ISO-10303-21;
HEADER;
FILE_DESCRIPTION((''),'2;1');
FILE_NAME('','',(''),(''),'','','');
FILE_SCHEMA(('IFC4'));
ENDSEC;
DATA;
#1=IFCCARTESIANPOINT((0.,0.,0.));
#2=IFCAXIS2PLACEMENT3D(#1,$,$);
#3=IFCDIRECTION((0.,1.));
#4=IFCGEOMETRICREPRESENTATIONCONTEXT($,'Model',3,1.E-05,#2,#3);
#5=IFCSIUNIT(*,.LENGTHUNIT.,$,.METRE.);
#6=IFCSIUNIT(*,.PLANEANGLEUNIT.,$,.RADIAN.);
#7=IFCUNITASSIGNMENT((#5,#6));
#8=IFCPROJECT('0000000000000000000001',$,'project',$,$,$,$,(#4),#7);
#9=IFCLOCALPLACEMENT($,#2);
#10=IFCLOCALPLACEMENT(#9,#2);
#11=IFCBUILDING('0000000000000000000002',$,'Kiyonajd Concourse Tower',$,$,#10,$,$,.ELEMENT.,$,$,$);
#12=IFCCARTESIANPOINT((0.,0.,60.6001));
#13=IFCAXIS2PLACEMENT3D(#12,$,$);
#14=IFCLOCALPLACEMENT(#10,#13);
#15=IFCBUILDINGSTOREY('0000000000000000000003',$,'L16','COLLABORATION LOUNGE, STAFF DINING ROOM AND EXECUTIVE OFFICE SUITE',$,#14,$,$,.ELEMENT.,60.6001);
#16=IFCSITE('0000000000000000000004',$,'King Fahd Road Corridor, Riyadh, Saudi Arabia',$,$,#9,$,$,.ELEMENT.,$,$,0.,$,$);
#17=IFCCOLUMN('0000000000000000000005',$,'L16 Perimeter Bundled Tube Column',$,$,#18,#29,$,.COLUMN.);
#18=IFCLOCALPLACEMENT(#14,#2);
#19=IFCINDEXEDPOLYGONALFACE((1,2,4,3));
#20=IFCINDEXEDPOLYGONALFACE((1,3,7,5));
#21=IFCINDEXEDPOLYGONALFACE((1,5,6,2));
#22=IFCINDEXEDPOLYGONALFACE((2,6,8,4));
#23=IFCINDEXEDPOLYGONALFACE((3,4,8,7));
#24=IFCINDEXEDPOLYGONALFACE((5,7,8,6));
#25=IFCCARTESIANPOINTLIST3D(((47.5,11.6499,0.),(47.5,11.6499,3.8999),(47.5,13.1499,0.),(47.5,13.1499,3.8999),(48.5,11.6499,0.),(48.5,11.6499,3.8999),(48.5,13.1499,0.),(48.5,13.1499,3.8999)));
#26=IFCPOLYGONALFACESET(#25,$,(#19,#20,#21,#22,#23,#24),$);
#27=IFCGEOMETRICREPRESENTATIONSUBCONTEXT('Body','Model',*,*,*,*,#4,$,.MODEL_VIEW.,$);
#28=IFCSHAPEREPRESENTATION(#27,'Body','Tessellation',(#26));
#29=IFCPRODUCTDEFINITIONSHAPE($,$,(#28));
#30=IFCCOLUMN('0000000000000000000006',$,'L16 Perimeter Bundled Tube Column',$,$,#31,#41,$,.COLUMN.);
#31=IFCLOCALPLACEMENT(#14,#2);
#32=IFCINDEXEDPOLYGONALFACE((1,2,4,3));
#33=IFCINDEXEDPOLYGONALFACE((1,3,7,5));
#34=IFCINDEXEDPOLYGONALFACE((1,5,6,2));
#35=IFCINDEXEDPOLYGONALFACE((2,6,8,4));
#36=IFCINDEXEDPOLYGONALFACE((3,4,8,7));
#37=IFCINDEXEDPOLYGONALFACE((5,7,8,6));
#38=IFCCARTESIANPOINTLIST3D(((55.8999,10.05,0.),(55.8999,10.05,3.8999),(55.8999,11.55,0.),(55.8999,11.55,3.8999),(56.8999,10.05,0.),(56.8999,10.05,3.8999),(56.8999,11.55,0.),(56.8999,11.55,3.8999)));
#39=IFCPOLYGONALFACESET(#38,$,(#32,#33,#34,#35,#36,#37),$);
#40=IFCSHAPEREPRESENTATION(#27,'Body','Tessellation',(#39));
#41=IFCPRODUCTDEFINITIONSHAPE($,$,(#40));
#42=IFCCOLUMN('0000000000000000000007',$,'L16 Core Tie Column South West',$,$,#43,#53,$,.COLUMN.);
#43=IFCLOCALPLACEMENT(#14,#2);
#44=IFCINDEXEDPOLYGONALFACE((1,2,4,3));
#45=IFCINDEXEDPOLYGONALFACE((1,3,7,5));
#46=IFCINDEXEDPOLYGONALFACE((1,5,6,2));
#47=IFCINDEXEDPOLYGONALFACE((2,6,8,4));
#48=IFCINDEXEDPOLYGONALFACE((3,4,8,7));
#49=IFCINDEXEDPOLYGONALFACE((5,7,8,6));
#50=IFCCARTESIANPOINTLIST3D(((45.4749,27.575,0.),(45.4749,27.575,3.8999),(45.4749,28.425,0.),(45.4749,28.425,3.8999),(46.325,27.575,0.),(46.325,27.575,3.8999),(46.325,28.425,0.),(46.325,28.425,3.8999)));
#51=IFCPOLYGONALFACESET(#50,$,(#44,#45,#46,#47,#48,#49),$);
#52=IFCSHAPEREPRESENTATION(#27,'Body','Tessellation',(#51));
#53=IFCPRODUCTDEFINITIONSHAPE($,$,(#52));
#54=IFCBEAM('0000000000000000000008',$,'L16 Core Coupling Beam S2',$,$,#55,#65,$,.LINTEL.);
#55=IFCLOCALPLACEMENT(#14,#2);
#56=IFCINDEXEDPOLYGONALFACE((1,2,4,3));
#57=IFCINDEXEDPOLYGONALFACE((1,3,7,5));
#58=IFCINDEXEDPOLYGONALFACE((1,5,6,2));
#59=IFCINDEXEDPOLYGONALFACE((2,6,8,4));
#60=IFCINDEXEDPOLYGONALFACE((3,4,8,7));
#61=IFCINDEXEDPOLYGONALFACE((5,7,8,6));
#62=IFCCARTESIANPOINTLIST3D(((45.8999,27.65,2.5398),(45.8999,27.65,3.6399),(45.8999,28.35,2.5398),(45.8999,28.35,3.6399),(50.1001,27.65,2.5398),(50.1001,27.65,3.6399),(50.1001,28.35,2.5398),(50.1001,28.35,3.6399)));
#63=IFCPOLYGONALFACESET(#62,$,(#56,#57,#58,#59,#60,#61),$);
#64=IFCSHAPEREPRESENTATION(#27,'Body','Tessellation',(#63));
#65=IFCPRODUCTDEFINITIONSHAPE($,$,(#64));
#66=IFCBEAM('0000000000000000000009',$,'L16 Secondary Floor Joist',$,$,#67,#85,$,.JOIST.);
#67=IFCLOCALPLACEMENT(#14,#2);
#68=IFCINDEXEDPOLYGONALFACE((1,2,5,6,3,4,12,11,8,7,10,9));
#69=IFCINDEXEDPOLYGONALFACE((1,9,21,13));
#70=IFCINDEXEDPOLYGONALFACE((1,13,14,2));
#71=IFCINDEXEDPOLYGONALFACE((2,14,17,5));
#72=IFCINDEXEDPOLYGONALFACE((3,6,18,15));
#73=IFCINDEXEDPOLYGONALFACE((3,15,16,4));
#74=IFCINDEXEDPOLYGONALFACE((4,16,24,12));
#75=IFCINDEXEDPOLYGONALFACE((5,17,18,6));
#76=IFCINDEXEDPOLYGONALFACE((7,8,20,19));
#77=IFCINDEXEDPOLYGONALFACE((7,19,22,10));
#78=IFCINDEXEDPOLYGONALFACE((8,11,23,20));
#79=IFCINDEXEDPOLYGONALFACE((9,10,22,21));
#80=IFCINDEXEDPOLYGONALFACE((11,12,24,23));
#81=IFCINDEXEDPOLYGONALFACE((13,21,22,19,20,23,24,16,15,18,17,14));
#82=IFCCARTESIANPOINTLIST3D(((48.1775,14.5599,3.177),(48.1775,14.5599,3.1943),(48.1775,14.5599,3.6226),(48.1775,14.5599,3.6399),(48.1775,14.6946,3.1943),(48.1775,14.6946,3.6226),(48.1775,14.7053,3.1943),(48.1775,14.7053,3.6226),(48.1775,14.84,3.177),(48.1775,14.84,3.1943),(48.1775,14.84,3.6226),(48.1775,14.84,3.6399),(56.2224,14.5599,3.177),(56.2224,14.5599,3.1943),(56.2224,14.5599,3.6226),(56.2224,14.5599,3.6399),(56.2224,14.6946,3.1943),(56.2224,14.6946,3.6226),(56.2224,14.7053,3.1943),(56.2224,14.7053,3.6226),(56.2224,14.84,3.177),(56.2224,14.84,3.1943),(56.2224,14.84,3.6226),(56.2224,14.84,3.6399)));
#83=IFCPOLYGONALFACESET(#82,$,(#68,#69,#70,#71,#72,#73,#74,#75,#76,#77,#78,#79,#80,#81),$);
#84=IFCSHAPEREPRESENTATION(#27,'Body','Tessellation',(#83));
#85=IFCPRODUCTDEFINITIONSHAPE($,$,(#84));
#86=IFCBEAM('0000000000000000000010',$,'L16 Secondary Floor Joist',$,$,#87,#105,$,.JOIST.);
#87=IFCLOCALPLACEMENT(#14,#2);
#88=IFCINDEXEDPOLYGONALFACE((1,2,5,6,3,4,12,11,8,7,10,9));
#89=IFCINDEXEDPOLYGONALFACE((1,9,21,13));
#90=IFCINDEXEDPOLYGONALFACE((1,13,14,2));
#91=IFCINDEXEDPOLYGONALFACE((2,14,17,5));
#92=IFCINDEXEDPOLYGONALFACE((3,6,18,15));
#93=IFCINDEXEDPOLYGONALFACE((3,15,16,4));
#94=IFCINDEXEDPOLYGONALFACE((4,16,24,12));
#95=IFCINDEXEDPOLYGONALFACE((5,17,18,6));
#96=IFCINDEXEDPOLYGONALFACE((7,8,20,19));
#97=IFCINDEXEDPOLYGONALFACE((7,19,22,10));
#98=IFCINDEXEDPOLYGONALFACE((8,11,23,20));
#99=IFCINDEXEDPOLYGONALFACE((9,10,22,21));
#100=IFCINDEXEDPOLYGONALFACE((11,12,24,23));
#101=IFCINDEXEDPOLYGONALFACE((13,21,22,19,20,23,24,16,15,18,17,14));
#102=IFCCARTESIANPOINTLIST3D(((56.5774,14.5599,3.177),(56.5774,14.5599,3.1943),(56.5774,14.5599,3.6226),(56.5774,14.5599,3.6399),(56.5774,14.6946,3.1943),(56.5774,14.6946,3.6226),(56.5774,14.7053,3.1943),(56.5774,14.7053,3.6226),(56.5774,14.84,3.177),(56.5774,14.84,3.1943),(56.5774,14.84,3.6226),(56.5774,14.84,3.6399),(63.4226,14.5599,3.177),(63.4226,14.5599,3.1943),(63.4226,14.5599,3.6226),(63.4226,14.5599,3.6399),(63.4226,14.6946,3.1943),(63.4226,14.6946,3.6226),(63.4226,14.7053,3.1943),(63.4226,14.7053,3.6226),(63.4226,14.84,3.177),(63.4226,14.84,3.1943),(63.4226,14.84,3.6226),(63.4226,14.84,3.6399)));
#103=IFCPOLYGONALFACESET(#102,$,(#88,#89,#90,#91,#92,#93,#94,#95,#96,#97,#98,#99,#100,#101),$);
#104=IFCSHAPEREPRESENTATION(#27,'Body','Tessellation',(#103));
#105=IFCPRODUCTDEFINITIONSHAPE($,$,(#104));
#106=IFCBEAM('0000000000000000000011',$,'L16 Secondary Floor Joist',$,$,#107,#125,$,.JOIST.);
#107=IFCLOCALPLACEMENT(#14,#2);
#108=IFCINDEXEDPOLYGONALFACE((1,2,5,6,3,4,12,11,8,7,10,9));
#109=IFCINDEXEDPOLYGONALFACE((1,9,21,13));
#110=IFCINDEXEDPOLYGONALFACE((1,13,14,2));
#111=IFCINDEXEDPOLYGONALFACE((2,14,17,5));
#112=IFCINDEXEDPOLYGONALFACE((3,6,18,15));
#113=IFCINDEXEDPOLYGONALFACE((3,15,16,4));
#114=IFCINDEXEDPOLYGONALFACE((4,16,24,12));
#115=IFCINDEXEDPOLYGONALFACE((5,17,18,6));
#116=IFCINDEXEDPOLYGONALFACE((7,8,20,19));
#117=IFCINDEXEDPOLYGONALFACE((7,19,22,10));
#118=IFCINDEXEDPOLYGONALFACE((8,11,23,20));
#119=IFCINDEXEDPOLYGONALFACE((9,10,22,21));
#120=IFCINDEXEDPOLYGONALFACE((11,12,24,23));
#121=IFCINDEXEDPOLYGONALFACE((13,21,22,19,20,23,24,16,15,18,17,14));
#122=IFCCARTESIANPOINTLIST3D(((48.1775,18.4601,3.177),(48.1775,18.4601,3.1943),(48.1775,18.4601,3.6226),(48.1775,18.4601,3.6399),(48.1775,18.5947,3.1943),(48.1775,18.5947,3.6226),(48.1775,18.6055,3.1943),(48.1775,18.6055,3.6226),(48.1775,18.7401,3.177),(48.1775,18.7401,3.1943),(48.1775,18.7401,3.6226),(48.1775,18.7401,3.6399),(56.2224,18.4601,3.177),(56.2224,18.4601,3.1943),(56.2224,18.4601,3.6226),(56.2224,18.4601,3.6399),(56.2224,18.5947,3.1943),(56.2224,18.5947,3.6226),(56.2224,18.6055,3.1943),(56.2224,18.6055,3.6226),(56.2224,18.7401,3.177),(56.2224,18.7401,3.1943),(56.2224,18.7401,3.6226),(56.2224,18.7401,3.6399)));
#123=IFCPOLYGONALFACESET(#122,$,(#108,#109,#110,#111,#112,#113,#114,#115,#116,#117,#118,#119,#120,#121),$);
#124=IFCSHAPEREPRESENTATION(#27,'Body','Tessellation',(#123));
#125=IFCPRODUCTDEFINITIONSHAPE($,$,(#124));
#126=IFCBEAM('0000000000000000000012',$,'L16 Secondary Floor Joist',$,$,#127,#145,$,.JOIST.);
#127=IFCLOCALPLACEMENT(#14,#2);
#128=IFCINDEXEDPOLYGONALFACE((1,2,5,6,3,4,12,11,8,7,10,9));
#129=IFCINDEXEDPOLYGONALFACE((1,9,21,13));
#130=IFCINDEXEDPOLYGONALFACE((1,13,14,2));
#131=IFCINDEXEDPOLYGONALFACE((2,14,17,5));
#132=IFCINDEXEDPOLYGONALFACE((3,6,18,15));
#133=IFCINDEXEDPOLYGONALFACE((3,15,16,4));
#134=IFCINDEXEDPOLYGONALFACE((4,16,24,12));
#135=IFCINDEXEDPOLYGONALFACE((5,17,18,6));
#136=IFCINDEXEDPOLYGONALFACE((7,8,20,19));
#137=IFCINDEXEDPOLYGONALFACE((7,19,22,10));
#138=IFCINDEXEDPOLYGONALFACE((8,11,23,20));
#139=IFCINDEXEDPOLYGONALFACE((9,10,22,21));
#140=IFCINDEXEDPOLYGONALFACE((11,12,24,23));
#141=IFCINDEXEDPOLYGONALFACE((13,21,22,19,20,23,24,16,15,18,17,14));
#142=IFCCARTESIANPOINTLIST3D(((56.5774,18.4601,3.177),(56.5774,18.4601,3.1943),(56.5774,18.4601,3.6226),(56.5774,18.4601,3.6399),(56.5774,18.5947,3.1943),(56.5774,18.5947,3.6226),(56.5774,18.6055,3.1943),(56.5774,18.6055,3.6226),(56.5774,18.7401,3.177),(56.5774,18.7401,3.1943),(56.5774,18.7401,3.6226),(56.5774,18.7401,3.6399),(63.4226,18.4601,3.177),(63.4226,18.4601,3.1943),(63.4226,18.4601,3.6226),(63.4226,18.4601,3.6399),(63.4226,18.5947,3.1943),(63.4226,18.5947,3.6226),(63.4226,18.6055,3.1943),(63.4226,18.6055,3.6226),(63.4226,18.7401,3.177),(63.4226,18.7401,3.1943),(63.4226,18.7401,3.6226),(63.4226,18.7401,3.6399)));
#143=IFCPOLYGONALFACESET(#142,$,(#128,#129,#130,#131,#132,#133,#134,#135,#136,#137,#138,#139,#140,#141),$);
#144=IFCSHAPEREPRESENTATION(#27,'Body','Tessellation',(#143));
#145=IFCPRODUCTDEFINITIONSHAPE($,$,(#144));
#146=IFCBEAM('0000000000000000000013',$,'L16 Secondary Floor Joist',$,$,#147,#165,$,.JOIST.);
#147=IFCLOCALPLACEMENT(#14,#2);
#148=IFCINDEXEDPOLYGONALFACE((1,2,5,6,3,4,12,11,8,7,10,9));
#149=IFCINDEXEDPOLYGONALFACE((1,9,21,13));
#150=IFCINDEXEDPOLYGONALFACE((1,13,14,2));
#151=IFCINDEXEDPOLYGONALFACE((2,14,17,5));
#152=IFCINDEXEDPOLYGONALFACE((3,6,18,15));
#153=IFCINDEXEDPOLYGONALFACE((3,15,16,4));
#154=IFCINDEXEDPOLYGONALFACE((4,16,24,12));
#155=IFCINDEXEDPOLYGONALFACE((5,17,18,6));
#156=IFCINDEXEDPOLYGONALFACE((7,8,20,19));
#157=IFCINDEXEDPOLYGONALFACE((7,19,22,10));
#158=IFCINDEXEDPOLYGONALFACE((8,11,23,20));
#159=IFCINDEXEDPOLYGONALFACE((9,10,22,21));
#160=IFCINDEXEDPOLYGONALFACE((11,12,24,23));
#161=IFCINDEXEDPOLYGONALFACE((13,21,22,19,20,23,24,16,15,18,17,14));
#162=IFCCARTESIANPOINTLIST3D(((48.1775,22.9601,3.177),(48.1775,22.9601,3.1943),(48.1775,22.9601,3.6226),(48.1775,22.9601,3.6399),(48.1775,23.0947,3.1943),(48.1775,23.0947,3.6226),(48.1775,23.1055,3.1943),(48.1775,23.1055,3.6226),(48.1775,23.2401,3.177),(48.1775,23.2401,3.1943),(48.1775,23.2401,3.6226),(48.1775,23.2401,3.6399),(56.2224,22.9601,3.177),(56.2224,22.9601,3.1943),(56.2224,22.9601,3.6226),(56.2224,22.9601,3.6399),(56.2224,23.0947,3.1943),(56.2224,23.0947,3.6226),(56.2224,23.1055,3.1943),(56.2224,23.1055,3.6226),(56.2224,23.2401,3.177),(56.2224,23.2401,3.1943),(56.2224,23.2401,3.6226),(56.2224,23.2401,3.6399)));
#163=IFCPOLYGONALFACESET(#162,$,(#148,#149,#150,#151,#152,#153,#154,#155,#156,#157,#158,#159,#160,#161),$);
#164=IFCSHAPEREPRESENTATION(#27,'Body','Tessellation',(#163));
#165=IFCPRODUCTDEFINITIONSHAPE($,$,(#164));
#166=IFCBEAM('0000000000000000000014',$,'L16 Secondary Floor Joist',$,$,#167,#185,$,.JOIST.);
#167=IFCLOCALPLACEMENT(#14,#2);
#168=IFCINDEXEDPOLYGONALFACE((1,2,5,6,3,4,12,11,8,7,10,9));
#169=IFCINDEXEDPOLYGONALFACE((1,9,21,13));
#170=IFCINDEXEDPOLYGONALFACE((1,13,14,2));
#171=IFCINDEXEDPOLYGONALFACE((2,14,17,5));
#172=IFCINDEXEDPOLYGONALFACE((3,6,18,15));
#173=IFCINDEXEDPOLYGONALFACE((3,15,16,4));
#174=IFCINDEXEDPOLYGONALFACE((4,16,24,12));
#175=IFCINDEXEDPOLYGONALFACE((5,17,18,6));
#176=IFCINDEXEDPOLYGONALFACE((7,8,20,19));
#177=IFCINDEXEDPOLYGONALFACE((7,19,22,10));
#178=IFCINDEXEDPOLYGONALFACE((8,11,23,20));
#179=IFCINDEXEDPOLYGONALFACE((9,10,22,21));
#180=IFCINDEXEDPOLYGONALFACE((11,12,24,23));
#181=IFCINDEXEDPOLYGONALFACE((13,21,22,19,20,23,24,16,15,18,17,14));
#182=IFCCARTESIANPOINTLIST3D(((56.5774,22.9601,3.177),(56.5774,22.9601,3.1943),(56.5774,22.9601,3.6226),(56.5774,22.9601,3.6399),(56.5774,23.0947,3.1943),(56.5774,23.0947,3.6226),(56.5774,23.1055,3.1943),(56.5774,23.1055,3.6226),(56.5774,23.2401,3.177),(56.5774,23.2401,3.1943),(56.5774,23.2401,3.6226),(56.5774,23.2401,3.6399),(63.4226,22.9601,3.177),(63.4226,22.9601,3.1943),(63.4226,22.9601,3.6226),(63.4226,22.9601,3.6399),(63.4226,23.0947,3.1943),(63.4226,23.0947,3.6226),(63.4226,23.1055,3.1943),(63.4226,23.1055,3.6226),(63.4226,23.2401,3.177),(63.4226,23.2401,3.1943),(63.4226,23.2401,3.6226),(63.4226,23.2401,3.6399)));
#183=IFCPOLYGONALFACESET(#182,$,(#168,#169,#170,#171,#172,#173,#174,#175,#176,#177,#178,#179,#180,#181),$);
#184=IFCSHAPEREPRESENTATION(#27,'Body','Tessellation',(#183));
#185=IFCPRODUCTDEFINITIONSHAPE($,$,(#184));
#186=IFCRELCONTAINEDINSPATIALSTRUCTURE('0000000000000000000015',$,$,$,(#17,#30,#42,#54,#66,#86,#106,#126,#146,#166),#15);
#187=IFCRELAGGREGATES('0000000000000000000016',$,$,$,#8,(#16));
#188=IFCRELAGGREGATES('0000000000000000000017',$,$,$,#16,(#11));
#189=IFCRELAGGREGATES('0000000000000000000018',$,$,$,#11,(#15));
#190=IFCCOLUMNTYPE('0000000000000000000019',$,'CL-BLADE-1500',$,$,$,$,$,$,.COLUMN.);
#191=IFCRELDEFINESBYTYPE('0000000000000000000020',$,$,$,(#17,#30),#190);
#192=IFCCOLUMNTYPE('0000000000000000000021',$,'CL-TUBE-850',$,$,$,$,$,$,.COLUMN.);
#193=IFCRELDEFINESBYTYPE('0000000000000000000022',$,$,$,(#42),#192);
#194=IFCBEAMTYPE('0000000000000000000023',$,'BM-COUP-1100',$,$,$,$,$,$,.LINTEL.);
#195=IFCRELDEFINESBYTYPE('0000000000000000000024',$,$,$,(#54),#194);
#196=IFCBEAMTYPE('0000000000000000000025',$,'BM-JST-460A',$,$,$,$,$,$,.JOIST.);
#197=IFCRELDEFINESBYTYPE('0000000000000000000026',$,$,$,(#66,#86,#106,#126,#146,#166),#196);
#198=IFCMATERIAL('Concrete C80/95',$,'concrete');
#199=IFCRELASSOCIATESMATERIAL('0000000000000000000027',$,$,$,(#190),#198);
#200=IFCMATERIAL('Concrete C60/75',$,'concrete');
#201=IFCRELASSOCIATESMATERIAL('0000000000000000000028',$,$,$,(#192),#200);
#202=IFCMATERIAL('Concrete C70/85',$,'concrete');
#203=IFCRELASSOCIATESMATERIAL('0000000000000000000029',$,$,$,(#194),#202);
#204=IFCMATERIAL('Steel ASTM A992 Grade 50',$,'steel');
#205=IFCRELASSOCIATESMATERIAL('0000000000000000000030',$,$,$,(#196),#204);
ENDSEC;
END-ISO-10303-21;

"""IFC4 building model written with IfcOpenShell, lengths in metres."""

from ifc_helpers import new_model, si_unit, direction, frame, origin, origin_2d, place, context, subcontext, project, spatial, rectangle, i_section, extrude, material, material_profile, profile_set, type_object, element, save


model = new_model("IFC4")

# Units and contexts
model_context = context("Model", 3, precision=1e-05, world=origin(), true_north=direction((0.0, 1.0)))
body_context = subcontext(model_context, "Body", "Model", "MODEL_VIEW")
ifc_project = project(units=[si_unit("LENGTHUNIT", "METRE"), si_unit("PLANEANGLEUNIT", "RADIAN")], contexts=[model_context])

# Site, building, storey
site_placement = place(None, origin())
site = spatial("IfcSite", under=ifc_project, at=site_placement, Name="King Fahd Road Corridor, Riyadh, Saudi Arabia", CompositionType="ELEMENT", RefElevation=0.0)
building_placement = place(site_placement, origin())
building = spatial("IfcBuilding", under=site, at=building_placement, Name="Kiyonajd Concourse Tower", CompositionType="ELEMENT")
storey_placement = place(building_placement, frame((0.0, 0.0, 60.6001)))
storey = spatial("IfcBuildingStorey", under=building, at=storey_placement, Name="L16", Description="COLLABORATION LOUNGE, STAFF DINING ROOM AND EXECUTIVE OFFICE SUITE", CompositionType="ELEMENT", Elevation=60.6001)

# Columns
ifc_material_1 = material(Name="Concrete C80/95", Category="concrete")
ifc_material_profile_1 = material_profile(ifc_material_1, rectangle(XDim=1.0, YDim=1.5, at=origin_2d()), Name="RC-1500x1000")
ifc_profile_set_1 = profile_set([ifc_material_profile_1], Name="Concrete C80/95")
column_type_1 = type_object("IfcColumnType", Name="CL-BLADE-1500", PredefinedType="COLUMN", material=ifc_profile_set_1)
for number, where, z_axis, x_axis, name in (
    (1, (48.0, 12.3999, 0.0), (0.0, 0.0, 1.0), (1.0, 0.0, 0.0), "L16 Perimeter Bundled Tube Column"),
    (2, (56.3999, 10.8, 0.0), (0.0, 0.0, 1.0), (1.0, 0.0, 0.0), "L16 Perimeter Bundled Tube Column"),
):
    element("IfcColumn", number, at=place(storey_placement, frame(where, z_axis=z_axis, x_axis=x_axis)), inside=storey, type_object=column_type_1, Name=name, PredefinedType="COLUMN", context=body_context, shape_type="SweptSolid", body=[
        extrude(rectangle(XDim=1.0, YDim=1.5, at=origin_2d()), origin(), (0.0, 0.0, 1.0), 3.8999),
    ])
ifc_material_2 = material(Name="Concrete C60/75", Category="concrete")
ifc_material_profile_2 = material_profile(ifc_material_2, rectangle(XDim=0.8501, YDim=0.8501, at=origin_2d()), Name="RC-850x850")
ifc_profile_set_2 = profile_set([ifc_material_profile_2], Name="Concrete C60/75")
column_type_2 = type_object("IfcColumnType", Name="CL-TUBE-850", PredefinedType="COLUMN", material=ifc_profile_set_2)
column_placement = place(storey_placement, frame((45.8999, 28.0, 0.0), z_axis=(0.0, 0.0, 1.0), x_axis=(1.0, 0.0, 0.0)))
element("IfcColumn", 3, at=column_placement, inside=storey, type_object=column_type_2, Name="L16 Core Tie Column South West", PredefinedType="COLUMN", context=body_context, shape_type="SweptSolid", body=[
    extrude(rectangle(XDim=0.8501, YDim=0.8501, at=origin_2d()), origin(), (0.0, 0.0, 1.0), 3.8999),
])

# Beams
ifc_material_3 = material(Name="Concrete C70/85", Category="concrete")
ifc_material_profile_3 = material_profile(ifc_material_3, rectangle(XDim=0.7, YDim=1.1001, at=origin_2d()), Name="RCBM-700x1100")
ifc_profile_set_3 = profile_set([ifc_material_profile_3], Name="Concrete C70/85")
beam_type_1 = type_object("IfcBeamType", Name="BM-COUP-1100", PredefinedType="LINTEL", material=ifc_profile_set_3)
beam_1_placement = place(storey_placement, frame((45.8999, 28.0, 3.0898), z_axis=(1.0, 0.0, 0.0), x_axis=(0.0, 1.0, 0.0)))
element("IfcBeam", 4, at=beam_1_placement, inside=storey, type_object=beam_type_1, Name="L16 Core Coupling Beam S2", PredefinedType="LINTEL", context=body_context, shape_type="SweptSolid", body=[
    extrude(rectangle(XDim=0.7, YDim=1.1001, at=origin_2d()), origin(), (0.0, 0.0, 1.0), 4.2002),
])
ifc_material_4 = material(Name="Steel ASTM A992 Grade 50", Category="steel")
ifc_material_profile_4 = material_profile(ifc_material_4, i_section(OverallWidth=0.28, OverallDepth=0.4629, WebThickness=0.0107, FlangeThickness=0.0173, at=origin_2d()), Name="W460X113")
ifc_profile_set_4 = profile_set([ifc_material_profile_4], Name="Steel ASTM A992 Grade 50")
beam_type_2 = type_object("IfcBeamType", Name="BM-JST-460A", PredefinedType="JOIST", material=ifc_profile_set_4)
beam_2_placement = place(storey_placement, frame((48.1775, 14.7, 3.4084), z_axis=(1.0, 0.0, 0.0), x_axis=(0.0, 1.0, 0.0)))
element("IfcBeam", 5, at=beam_2_placement, inside=storey, type_object=beam_type_2, Name="L16 Secondary Floor Joist", PredefinedType="JOIST", context=body_context, shape_type="SweptSolid", body=[
    extrude(i_section(OverallWidth=0.28, OverallDepth=0.4629, WebThickness=0.0107, FlangeThickness=0.0173, at=origin_2d()), origin(), (0.0, 0.0, 1.0), 8.0449),
])
beam_3_placement = place(storey_placement, frame((56.5774, 14.7, 3.4084), z_axis=(1.0, 0.0, 0.0), x_axis=(0.0, 1.0, 0.0)))
element("IfcBeam", 6, at=beam_3_placement, inside=storey, type_object=beam_type_2, Name="L16 Secondary Floor Joist", PredefinedType="JOIST", context=body_context, shape_type="SweptSolid", body=[
    extrude(i_section(OverallWidth=0.28, OverallDepth=0.4629, WebThickness=0.0107, FlangeThickness=0.0173, at=origin_2d()), origin(), (0.0, 0.0, 1.0), 6.8452),
])
beam_4_placement = place(storey_placement, frame((48.1775, 18.6001, 3.4084), z_axis=(1.0, 0.0, 0.0), x_axis=(0.0, 1.0, 0.0)))
element("IfcBeam", 7, at=beam_4_placement, inside=storey, type_object=beam_type_2, Name="L16 Secondary Floor Joist", PredefinedType="JOIST", context=body_context, shape_type="SweptSolid", body=[
    extrude(i_section(OverallWidth=0.28, OverallDepth=0.4629, WebThickness=0.0107, FlangeThickness=0.0173, at=origin_2d()), origin(), (0.0, 0.0, 1.0), 8.0449),
])
beam_5_placement = place(storey_placement, frame((56.5774, 18.6001, 3.4084), z_axis=(1.0, 0.0, 0.0), x_axis=(0.0, 1.0, 0.0)))
element("IfcBeam", 8, at=beam_5_placement, inside=storey, type_object=beam_type_2, Name="L16 Secondary Floor Joist", PredefinedType="JOIST", context=body_context, shape_type="SweptSolid", body=[
    extrude(i_section(OverallWidth=0.28, OverallDepth=0.4629, WebThickness=0.0107, FlangeThickness=0.0173, at=origin_2d()), origin(), (0.0, 0.0, 1.0), 6.8452),
])
beam_6_placement = place(storey_placement, frame((48.1775, 23.1001, 3.4084), z_axis=(1.0, 0.0, 0.0), x_axis=(0.0, 1.0, 0.0)))
element("IfcBeam", 9, at=beam_6_placement, inside=storey, type_object=beam_type_2, Name="L16 Secondary Floor Joist", PredefinedType="JOIST", context=body_context, shape_type="SweptSolid", body=[
    extrude(i_section(OverallWidth=0.28, OverallDepth=0.4629, WebThickness=0.0107, FlangeThickness=0.0173, at=origin_2d()), origin(), (0.0, 0.0, 1.0), 8.0449),
])
beam_7_placement = place(storey_placement, frame((56.5774, 23.1001, 3.4084), z_axis=(1.0, 0.0, 0.0), x_axis=(0.0, 1.0, 0.0)))
element("IfcBeam", 10, at=beam_7_placement, inside=storey, type_object=beam_type_2, Name="L16 Secondary Floor Joist", PredefinedType="JOIST", context=body_context, shape_type="SweptSolid", body=[
    extrude(i_section(OverallWidth=0.28, OverallDepth=0.4629, WebThickness=0.0107, FlangeThickness=0.0173, at=origin_2d()), origin(), (0.0, 0.0, 1.0), 6.8452),
])

save(model, "model.ifc")
